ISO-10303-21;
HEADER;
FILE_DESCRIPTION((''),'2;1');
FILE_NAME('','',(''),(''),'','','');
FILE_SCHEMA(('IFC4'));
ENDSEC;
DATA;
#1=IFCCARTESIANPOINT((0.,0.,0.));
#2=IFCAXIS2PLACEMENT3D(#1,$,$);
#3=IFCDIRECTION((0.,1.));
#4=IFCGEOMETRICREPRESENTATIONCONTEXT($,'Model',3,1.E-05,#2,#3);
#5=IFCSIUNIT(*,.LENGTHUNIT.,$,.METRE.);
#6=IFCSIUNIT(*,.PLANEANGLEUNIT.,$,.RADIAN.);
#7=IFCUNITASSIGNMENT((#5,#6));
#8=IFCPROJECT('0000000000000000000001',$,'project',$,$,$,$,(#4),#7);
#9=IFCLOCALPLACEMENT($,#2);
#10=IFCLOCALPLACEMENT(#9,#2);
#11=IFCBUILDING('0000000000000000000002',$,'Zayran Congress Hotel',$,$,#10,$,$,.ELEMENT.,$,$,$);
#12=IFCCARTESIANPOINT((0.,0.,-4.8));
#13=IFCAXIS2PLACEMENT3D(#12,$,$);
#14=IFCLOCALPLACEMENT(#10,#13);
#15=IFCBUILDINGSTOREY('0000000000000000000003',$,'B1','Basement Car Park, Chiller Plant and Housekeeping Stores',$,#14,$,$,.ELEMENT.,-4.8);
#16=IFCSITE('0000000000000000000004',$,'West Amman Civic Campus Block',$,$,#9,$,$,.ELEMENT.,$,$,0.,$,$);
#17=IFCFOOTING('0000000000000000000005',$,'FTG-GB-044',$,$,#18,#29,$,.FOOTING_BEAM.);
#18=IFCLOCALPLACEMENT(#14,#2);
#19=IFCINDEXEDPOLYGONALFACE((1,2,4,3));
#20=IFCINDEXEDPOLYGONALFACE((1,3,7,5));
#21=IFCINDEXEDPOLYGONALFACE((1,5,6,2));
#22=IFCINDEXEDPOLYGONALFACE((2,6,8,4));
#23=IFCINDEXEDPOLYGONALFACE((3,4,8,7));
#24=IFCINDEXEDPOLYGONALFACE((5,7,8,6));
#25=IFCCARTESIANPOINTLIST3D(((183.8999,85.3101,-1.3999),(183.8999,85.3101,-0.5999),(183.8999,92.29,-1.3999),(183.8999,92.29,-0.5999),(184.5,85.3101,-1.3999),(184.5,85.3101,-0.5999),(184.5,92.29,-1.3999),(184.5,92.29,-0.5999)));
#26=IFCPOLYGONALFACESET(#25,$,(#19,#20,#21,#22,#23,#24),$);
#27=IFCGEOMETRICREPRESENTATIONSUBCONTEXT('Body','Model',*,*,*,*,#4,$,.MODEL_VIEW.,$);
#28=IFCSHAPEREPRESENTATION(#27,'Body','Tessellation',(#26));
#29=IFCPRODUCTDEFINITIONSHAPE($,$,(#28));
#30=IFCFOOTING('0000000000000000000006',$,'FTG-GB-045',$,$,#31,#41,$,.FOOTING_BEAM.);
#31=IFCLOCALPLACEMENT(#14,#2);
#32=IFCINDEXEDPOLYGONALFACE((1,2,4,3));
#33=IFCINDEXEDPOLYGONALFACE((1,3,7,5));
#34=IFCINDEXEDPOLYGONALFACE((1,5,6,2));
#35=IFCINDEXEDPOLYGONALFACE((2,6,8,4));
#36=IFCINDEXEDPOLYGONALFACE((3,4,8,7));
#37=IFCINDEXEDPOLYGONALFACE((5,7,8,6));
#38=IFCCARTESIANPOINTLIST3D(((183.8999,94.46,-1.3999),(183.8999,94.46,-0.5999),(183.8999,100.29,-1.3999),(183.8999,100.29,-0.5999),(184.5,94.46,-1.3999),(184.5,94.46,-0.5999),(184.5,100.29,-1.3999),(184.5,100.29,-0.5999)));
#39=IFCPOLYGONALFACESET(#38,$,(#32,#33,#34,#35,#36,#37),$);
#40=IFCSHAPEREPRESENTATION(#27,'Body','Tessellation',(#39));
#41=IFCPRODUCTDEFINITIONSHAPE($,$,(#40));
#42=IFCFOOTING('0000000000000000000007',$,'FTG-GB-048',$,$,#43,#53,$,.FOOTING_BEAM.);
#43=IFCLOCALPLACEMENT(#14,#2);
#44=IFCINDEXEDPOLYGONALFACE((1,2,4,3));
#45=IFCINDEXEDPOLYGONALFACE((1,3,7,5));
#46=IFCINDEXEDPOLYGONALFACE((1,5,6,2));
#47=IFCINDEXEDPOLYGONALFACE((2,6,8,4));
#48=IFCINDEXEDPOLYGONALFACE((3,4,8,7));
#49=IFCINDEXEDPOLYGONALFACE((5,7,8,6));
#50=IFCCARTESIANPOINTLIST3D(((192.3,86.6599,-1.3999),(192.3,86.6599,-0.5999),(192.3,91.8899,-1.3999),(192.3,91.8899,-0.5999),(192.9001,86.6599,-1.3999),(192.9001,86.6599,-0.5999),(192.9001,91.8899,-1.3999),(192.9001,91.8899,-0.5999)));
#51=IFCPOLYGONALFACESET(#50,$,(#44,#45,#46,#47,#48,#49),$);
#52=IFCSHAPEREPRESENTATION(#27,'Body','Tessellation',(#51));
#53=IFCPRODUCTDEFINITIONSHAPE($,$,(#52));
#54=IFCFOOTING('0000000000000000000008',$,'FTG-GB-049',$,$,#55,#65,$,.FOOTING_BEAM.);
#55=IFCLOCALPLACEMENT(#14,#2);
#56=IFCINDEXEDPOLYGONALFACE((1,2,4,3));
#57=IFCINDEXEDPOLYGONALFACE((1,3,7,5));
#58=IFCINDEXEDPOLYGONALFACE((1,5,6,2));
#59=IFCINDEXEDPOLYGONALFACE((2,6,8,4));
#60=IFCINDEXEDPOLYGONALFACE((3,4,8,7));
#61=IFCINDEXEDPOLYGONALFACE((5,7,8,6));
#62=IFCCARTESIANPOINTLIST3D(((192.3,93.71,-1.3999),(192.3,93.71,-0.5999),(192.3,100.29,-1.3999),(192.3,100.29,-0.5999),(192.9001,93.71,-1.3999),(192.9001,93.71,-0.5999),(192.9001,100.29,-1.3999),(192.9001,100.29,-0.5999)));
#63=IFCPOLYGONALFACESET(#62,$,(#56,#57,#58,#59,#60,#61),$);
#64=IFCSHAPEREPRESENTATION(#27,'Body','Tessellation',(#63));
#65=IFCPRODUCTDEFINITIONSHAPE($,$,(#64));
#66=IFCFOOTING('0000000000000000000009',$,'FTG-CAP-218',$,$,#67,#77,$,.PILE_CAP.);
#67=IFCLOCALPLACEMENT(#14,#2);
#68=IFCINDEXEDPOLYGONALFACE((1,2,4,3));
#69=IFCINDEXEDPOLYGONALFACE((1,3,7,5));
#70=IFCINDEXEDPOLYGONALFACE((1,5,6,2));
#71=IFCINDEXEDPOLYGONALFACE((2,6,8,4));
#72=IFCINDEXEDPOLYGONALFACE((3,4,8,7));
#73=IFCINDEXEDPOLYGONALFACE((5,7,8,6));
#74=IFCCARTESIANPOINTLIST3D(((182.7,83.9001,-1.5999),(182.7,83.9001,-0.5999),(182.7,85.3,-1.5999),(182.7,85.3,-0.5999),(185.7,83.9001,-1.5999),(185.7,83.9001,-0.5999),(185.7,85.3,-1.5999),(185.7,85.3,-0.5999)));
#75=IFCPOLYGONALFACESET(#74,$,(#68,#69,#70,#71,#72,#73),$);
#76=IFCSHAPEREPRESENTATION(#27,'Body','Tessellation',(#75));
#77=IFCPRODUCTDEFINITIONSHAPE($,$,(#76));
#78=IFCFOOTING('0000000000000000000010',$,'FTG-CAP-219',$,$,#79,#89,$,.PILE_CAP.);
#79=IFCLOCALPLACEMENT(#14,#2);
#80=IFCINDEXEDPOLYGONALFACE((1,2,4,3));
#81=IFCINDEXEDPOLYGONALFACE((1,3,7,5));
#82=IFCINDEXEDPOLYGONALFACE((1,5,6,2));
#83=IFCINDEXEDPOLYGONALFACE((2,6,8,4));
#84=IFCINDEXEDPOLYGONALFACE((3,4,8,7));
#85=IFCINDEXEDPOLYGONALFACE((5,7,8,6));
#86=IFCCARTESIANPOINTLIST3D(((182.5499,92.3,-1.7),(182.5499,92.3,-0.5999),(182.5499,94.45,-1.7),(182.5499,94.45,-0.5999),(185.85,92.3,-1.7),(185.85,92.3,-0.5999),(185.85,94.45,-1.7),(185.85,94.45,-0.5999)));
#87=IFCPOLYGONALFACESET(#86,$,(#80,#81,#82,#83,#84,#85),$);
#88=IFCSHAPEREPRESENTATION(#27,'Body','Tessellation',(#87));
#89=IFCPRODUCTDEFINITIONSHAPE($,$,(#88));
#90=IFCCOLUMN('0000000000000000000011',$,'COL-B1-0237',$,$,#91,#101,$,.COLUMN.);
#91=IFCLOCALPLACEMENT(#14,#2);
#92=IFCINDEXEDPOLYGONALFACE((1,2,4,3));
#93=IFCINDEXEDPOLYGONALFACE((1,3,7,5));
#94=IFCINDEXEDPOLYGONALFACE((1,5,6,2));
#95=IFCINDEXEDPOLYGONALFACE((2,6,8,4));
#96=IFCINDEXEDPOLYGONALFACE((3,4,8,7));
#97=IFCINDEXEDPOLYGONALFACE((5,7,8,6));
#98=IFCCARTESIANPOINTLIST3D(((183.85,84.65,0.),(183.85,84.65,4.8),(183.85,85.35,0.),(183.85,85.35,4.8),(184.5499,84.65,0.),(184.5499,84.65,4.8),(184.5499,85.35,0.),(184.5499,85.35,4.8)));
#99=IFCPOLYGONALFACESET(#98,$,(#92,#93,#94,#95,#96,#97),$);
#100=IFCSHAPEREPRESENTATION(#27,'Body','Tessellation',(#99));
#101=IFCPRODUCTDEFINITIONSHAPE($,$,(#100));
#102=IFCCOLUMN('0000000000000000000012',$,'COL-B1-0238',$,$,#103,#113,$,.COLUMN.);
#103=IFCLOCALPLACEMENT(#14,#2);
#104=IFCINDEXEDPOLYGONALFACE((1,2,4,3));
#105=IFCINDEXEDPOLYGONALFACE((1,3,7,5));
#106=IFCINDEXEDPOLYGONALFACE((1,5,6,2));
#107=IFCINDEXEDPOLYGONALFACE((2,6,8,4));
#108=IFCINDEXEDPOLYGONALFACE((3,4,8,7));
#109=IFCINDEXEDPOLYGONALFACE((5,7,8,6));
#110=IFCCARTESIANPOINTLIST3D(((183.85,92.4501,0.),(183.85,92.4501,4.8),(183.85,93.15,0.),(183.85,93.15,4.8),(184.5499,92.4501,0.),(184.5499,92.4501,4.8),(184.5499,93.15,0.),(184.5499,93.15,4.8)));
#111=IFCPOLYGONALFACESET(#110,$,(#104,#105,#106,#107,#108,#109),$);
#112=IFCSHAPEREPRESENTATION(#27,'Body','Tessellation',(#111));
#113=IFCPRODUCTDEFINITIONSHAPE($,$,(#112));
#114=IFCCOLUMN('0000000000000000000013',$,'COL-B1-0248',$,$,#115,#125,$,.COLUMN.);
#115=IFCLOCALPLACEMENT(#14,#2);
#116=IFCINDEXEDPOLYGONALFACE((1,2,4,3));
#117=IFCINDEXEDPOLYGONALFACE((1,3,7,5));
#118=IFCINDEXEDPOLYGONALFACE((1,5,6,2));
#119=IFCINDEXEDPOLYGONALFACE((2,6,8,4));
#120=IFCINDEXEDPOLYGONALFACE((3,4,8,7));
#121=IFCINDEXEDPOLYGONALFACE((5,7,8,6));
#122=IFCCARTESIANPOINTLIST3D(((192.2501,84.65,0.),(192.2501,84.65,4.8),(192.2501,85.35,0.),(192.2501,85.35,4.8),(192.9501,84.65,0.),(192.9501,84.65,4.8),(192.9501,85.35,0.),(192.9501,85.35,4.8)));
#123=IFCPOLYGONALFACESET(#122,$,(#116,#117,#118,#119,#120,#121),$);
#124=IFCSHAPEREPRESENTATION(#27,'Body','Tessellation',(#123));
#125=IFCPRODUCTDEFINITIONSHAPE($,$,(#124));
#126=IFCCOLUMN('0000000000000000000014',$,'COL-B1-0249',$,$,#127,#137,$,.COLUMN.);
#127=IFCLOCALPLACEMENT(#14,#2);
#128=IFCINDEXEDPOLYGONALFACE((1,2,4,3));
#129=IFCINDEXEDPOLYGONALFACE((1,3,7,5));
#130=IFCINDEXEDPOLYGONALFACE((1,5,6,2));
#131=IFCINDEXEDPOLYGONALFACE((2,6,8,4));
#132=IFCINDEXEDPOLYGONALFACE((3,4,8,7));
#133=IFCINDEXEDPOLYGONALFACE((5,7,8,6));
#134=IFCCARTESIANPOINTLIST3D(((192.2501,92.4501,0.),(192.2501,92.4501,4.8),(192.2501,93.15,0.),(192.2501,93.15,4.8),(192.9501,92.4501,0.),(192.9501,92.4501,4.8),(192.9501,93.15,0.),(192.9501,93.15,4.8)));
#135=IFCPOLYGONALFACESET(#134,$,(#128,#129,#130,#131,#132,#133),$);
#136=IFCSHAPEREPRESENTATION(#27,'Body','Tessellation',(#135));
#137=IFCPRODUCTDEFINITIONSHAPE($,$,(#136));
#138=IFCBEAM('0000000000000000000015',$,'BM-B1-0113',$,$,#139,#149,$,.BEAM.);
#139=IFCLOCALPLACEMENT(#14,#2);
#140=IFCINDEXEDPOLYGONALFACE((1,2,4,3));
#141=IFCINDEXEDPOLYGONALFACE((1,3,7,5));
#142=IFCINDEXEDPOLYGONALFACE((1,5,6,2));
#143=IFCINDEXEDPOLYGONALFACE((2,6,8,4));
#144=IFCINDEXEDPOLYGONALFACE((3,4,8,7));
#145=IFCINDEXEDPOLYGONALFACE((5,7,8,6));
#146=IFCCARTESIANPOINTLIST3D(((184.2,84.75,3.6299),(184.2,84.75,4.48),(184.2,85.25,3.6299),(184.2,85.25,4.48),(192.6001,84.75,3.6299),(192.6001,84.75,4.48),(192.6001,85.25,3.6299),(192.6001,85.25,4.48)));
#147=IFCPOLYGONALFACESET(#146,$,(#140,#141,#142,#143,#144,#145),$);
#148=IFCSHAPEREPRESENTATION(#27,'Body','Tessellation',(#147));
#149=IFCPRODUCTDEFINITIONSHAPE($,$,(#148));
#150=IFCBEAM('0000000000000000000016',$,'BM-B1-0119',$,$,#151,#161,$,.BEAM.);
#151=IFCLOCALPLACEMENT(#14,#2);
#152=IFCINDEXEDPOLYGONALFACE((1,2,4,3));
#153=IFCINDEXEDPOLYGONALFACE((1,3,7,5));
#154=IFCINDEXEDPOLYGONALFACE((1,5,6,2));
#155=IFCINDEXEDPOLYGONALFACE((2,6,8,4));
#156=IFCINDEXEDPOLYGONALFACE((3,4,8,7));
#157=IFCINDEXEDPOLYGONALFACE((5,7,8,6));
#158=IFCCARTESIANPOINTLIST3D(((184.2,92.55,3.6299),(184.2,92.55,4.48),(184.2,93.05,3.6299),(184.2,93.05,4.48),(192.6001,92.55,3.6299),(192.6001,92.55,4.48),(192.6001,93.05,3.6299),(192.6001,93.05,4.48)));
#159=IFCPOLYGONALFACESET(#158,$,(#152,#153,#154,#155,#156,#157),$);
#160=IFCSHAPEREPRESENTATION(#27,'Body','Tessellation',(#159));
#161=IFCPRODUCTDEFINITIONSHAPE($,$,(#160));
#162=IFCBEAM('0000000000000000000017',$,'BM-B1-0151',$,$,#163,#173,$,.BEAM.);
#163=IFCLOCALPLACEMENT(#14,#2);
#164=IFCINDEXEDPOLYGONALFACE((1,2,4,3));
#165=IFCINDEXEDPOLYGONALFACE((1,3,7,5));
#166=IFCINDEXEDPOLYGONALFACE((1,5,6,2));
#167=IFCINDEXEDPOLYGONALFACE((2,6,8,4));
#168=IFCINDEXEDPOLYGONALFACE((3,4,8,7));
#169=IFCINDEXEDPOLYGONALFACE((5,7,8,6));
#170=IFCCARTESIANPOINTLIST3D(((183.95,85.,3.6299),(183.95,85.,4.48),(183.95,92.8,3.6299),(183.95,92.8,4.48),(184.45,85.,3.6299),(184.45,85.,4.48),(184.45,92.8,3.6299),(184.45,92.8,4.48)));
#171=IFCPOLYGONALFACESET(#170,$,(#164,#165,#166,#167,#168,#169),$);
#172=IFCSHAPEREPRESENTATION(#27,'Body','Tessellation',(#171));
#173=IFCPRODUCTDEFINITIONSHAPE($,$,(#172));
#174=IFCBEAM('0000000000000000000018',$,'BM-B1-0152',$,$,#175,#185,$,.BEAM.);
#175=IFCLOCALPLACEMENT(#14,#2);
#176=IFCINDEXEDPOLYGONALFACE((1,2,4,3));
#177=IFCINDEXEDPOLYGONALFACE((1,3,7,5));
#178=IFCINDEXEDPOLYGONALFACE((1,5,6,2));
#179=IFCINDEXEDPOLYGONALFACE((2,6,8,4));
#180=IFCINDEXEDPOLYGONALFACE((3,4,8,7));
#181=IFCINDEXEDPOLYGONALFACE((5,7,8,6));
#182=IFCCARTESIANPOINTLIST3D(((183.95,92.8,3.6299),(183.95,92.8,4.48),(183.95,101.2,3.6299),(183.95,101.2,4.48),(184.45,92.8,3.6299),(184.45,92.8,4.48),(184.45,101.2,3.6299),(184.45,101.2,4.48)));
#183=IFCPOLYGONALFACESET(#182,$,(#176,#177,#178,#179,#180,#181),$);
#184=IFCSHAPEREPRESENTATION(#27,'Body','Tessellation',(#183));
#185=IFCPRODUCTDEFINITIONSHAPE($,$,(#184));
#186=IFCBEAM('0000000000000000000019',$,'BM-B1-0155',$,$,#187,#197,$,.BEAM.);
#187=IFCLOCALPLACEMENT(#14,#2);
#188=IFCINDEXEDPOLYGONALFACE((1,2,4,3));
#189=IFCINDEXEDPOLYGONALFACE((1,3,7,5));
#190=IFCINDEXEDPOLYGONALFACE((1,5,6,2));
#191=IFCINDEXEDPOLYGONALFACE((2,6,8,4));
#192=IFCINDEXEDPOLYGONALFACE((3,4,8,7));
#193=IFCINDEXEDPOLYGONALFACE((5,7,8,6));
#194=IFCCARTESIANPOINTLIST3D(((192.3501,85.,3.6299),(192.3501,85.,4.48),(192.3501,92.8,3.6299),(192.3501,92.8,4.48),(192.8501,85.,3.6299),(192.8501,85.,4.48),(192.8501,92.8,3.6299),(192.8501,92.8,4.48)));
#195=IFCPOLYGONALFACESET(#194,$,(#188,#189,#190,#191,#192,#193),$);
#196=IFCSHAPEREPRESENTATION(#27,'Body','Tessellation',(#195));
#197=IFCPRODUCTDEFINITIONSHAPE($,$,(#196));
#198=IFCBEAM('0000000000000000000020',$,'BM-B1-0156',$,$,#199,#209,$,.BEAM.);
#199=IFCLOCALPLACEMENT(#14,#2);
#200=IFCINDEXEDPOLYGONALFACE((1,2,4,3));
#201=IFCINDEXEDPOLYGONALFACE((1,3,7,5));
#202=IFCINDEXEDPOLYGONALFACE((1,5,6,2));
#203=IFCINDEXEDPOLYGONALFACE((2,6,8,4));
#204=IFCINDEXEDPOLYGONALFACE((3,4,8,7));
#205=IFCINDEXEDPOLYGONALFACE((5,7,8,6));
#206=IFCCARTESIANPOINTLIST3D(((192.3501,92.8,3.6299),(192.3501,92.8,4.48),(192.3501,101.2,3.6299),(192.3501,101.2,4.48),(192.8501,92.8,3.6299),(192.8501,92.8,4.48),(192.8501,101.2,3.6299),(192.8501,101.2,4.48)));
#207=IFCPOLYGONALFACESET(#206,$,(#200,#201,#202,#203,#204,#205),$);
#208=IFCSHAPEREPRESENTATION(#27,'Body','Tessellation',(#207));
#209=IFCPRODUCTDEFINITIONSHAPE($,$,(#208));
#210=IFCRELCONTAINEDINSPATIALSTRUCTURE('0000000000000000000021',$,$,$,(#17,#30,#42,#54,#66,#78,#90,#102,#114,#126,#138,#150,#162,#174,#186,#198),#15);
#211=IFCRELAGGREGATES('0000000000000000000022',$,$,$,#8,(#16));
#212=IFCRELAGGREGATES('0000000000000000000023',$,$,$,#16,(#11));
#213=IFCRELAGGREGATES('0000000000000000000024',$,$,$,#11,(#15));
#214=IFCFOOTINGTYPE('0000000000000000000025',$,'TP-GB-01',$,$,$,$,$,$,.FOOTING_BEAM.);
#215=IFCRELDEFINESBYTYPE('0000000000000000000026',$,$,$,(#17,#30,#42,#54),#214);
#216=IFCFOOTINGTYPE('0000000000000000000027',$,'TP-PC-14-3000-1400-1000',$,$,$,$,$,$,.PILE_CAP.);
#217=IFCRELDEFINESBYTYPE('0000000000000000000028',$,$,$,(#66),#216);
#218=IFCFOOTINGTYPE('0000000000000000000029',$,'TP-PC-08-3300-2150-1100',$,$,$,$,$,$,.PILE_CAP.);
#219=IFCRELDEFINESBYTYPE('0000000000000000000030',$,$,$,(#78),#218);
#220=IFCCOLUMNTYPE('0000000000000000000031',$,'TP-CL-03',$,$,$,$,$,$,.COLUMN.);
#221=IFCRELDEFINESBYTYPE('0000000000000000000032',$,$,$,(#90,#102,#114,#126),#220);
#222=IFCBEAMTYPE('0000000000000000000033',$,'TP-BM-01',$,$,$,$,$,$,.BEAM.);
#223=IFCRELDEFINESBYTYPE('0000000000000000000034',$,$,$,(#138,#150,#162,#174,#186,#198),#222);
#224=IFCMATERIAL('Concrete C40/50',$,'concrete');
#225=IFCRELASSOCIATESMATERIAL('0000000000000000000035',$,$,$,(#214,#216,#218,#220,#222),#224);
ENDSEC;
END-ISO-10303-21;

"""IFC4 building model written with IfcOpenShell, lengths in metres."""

from ifc_helpers import new_model, si_unit, direction, frame, origin, origin_2d, place, context, subcontext, project, spatial, rectangle, extrude, material, material_profile, profile_set, type_object, element, save


model = new_model("IFC4")

# Units and contexts
model_context = context("Model", 3, precision=1e-05, world=origin(), true_north=direction((0.0, 1.0)))
body_context = subcontext(model_context, "Body", "Model", "MODEL_VIEW")
ifc_project = project(units=[si_unit("LENGTHUNIT", "METRE"), si_unit("PLANEANGLEUNIT", "RADIAN")], contexts=[model_context])

# Site, building, storey
site_placement = place(None, origin())
site = spatial("IfcSite", under=ifc_project, at=site_placement, Name="West Amman Civic Campus Block", CompositionType="ELEMENT", RefElevation=0.0)
building_placement = place(site_placement, origin())
building = spatial("IfcBuilding", under=site, at=building_placement, Name="Zayran Congress Hotel", CompositionType="ELEMENT")
storey_placement = place(building_placement, frame((0.0, 0.0, -4.8)))
storey = spatial("IfcBuildingStorey", under=building, at=storey_placement, Name="B1", Description="Basement Car Park, Chiller Plant and Housekeeping Stores", CompositionType="ELEMENT", Elevation=-4.8)

# Shared definitions
ifc_material_1 = material(Name="Concrete C40/50", Category="concrete")

# Footings
footing_type_1 = type_object("IfcFootingType", Name="TP-GB-01", PredefinedType="FOOTING_BEAM", material=ifc_material_1)
footing_1_placement = place(storey_placement, frame((184.2, 88.8, -1.3999), z_axis=(0.0, 0.0, 1.0), x_axis=(0.0, 1.0, 0.0)))
element("IfcFooting", 1, at=footing_1_placement, inside=storey, type_object=footing_type_1, Name="FTG-GB-044", PredefinedType="FOOTING_BEAM", context=body_context, shape_type="SweptSolid", body=[
    extrude(rectangle(XDim=6.98, YDim=0.6001, at=origin_2d()), origin(), (0.0, 0.0, 1.0), 0.8),
])
footing_2_placement = place(storey_placement, frame((184.2, 97.375, -1.3999), z_axis=(0.0, 0.0, 1.0), x_axis=(0.0, 1.0, 0.0)))
element("IfcFooting", 2, at=footing_2_placement, inside=storey, type_object=footing_type_1, Name="FTG-GB-045", PredefinedType="FOOTING_BEAM", context=body_context, shape_type="SweptSolid", body=[
    extrude(rectangle(XDim=5.8301, YDim=0.6001, at=origin_2d()), origin(), (0.0, 0.0, 1.0), 0.8),
])
footing_3_placement = place(storey_placement, frame((192.6001, 89.2749, -1.3999), z_axis=(0.0, 0.0, 1.0), x_axis=(0.0, 1.0, 0.0)))
element("IfcFooting", 3, at=footing_3_placement, inside=storey, type_object=footing_type_1, Name="FTG-GB-048", PredefinedType="FOOTING_BEAM", context=body_context, shape_type="SweptSolid", body=[
    extrude(rectangle(XDim=5.23, YDim=0.6001, at=origin_2d()), origin(), (0.0, 0.0, 1.0), 0.8),
])
footing_4_placement = place(storey_placement, frame((192.6001, 97.0, -1.3999), z_axis=(0.0, 0.0, 1.0), x_axis=(0.0, 1.0, 0.0)))
element("IfcFooting", 4, at=footing_4_placement, inside=storey, type_object=footing_type_1, Name="FTG-GB-049", PredefinedType="FOOTING_BEAM", context=body_context, shape_type="SweptSolid", body=[
    extrude(rectangle(XDim=6.5801, YDim=0.6001, at=origin_2d()), origin(), (0.0, 0.0, 1.0), 0.8),
])
footing_type_2 = type_object("IfcFootingType", Name="TP-PC-14-3000-1400-1000", PredefinedType="PILE_CAP", material=ifc_material_1)
footing_5_placement = place(storey_placement, frame((184.2, 84.6001, -1.5999), z_axis=(0.0, 0.0, 1.0), x_axis=(1.0, 0.0, 0.0)))
element("IfcFooting", 5, at=footing_5_placement, inside=storey, type_object=footing_type_2, Name="FTG-CAP-218", PredefinedType="PILE_CAP", context=body_context, shape_type="SweptSolid", body=[
    extrude(rectangle(XDim=3.0, YDim=1.3999, at=origin_2d()), origin(), (0.0, 0.0, 1.0), 1.0),
])
footing_type_3 = type_object("IfcFootingType", Name="TP-PC-08-3300-2150-1100", PredefinedType="PILE_CAP", material=ifc_material_1)
footing_6_placement = place(storey_placement, frame((184.2, 93.375, -1.7), z_axis=(0.0, 0.0, 1.0), x_axis=(1.0, 0.0, 0.0)))
element("IfcFooting", 6, at=footing_6_placement, inside=storey, type_object=footing_type_3, Name="FTG-CAP-219", PredefinedType="PILE_CAP", context=body_context, shape_type="SweptSolid", body=[
    extrude(rectangle(XDim=3.3, YDim=2.1499, at=origin_2d()), origin(), (0.0, 0.0, 1.0), 1.1001),
])

# Columns
ifc_material_profile_1 = material_profile(ifc_material_1, rectangle(XDim=0.7, YDim=0.7, at=origin_2d()), Name="RC 700x700")
ifc_profile_set_1 = profile_set([ifc_material_profile_1], Name="Concrete C40/50")
column_type = type_object("IfcColumnType", Name="TP-CL-03", PredefinedType="COLUMN", material=ifc_profile_set_1)
for number, where, z_axis, x_axis, name in (
    (7, (184.2, 85.0, 0.0), (0.0, 0.0, 1.0), (1.0, 0.0, 0.0), "COL-B1-0237"),
    (8, (184.2, 92.8, 0.0), (0.0, 0.0, 1.0), (1.0, 0.0, 0.0), "COL-B1-0238"),
    (9, (192.6001, 85.0, 0.0), (0.0, 0.0, 1.0), (1.0, 0.0, 0.0), "COL-B1-0248"),
    (10, (192.6001, 92.8, 0.0), (0.0, 0.0, 1.0), (1.0, 0.0, 0.0), "COL-B1-0249"),
):
    element("IfcColumn", number, at=place(storey_placement, frame(where, z_axis=z_axis, x_axis=x_axis)), inside=storey, type_object=column_type, Name=name, PredefinedType="COLUMN", context=body_context, shape_type="SweptSolid", body=[
        extrude(rectangle(XDim=0.7, YDim=0.7, at=origin_2d()), origin(), (0.0, 0.0, 1.0), 4.8),
    ])

# Beams
ifc_material_profile_2 = material_profile(ifc_material_1, rectangle(XDim=0.5, YDim=0.8501, at=origin_2d()), Name="RC 500x850")
ifc_profile_set_2 = profile_set([ifc_material_profile_2], Name="Concrete C40/50")
beam_type = type_object("IfcBeamType", Name="TP-BM-01", PredefinedType="BEAM", material=ifc_profile_set_2)
for number, where, z_axis, x_axis, name in (
    (11, (184.2, 85.0, 4.0549), (1.0, 0.0, 0.0), (0.0, 1.0, 0.0), "BM-B1-0113"),
    (12, (184.2, 92.8, 4.0549), (1.0, 0.0, 0.0), (0.0, 1.0, 0.0), "BM-B1-0119"),
):
    element("IfcBeam", number, at=place(storey_placement, frame(where, z_axis=z_axis, x_axis=x_axis)), inside=storey, type_object=beam_type, Name=name, PredefinedType="BEAM", context=body_context, shape_type="SweptSolid", body=[
        extrude(rectangle(XDim=0.5, YDim=0.8501, at=origin_2d()), origin(), (0.0, 0.0, 1.0), 8.4001),
    ])
beam_1_placement = place(storey_placement, frame((184.2, 85.0, 4.0549), z_axis=(0.0, 1.0, 0.0), x_axis=(-1.0, 0.0, 0.0)))
element("IfcBeam", 13, at=beam_1_placement, inside=storey, type_object=beam_type, Name="BM-B1-0151", PredefinedType="BEAM", context=body_context, shape_type="SweptSolid", body=[
    extrude(rectangle(XDim=0.5, YDim=0.8501, at=origin_2d()), origin(), (0.0, 0.0, 1.0), 7.8),
])
beam_2_placement = place(storey_placement, frame((184.2, 92.8, 4.0549), z_axis=(0.0, 1.0, 0.0), x_axis=(-1.0, 0.0, 0.0)))
element("IfcBeam", 14, at=beam_2_placement, inside=storey, type_object=beam_type, Name="BM-B1-0152", PredefinedType="BEAM", context=body_context, shape_type="SweptSolid", body=[
    extrude(rectangle(XDim=0.5, YDim=0.8501, at=origin_2d()), origin(), (0.0, 0.0, 1.0), 8.3999),
])
beam_3_placement = place(storey_placement, frame((192.6001, 85.0, 4.0549), z_axis=(0.0, 1.0, 0.0), x_axis=(-1.0, 0.0, 0.0)))
element("IfcBeam", 15, at=beam_3_placement, inside=storey, type_object=beam_type, Name="BM-B1-0155", PredefinedType="BEAM", context=body_context, shape_type="SweptSolid", body=[
    extrude(rectangle(XDim=0.5, YDim=0.8501, at=origin_2d()), origin(), (0.0, 0.0, 1.0), 7.8),
])
beam_4_placement = place(storey_placement, frame((192.6001, 92.8, 4.0549), z_axis=(0.0, 1.0, 0.0), x_axis=(-1.0, 0.0, 0.0)))
element("IfcBeam", 16, at=beam_4_placement, inside=storey, type_object=beam_type, Name="BM-B1-0156", PredefinedType="BEAM", context=body_context, shape_type="SweptSolid", body=[
    extrude(rectangle(XDim=0.5, YDim=0.8501, at=origin_2d()), origin(), (0.0, 0.0, 1.0), 8.3999),
])

save(model, "model.ifc")
